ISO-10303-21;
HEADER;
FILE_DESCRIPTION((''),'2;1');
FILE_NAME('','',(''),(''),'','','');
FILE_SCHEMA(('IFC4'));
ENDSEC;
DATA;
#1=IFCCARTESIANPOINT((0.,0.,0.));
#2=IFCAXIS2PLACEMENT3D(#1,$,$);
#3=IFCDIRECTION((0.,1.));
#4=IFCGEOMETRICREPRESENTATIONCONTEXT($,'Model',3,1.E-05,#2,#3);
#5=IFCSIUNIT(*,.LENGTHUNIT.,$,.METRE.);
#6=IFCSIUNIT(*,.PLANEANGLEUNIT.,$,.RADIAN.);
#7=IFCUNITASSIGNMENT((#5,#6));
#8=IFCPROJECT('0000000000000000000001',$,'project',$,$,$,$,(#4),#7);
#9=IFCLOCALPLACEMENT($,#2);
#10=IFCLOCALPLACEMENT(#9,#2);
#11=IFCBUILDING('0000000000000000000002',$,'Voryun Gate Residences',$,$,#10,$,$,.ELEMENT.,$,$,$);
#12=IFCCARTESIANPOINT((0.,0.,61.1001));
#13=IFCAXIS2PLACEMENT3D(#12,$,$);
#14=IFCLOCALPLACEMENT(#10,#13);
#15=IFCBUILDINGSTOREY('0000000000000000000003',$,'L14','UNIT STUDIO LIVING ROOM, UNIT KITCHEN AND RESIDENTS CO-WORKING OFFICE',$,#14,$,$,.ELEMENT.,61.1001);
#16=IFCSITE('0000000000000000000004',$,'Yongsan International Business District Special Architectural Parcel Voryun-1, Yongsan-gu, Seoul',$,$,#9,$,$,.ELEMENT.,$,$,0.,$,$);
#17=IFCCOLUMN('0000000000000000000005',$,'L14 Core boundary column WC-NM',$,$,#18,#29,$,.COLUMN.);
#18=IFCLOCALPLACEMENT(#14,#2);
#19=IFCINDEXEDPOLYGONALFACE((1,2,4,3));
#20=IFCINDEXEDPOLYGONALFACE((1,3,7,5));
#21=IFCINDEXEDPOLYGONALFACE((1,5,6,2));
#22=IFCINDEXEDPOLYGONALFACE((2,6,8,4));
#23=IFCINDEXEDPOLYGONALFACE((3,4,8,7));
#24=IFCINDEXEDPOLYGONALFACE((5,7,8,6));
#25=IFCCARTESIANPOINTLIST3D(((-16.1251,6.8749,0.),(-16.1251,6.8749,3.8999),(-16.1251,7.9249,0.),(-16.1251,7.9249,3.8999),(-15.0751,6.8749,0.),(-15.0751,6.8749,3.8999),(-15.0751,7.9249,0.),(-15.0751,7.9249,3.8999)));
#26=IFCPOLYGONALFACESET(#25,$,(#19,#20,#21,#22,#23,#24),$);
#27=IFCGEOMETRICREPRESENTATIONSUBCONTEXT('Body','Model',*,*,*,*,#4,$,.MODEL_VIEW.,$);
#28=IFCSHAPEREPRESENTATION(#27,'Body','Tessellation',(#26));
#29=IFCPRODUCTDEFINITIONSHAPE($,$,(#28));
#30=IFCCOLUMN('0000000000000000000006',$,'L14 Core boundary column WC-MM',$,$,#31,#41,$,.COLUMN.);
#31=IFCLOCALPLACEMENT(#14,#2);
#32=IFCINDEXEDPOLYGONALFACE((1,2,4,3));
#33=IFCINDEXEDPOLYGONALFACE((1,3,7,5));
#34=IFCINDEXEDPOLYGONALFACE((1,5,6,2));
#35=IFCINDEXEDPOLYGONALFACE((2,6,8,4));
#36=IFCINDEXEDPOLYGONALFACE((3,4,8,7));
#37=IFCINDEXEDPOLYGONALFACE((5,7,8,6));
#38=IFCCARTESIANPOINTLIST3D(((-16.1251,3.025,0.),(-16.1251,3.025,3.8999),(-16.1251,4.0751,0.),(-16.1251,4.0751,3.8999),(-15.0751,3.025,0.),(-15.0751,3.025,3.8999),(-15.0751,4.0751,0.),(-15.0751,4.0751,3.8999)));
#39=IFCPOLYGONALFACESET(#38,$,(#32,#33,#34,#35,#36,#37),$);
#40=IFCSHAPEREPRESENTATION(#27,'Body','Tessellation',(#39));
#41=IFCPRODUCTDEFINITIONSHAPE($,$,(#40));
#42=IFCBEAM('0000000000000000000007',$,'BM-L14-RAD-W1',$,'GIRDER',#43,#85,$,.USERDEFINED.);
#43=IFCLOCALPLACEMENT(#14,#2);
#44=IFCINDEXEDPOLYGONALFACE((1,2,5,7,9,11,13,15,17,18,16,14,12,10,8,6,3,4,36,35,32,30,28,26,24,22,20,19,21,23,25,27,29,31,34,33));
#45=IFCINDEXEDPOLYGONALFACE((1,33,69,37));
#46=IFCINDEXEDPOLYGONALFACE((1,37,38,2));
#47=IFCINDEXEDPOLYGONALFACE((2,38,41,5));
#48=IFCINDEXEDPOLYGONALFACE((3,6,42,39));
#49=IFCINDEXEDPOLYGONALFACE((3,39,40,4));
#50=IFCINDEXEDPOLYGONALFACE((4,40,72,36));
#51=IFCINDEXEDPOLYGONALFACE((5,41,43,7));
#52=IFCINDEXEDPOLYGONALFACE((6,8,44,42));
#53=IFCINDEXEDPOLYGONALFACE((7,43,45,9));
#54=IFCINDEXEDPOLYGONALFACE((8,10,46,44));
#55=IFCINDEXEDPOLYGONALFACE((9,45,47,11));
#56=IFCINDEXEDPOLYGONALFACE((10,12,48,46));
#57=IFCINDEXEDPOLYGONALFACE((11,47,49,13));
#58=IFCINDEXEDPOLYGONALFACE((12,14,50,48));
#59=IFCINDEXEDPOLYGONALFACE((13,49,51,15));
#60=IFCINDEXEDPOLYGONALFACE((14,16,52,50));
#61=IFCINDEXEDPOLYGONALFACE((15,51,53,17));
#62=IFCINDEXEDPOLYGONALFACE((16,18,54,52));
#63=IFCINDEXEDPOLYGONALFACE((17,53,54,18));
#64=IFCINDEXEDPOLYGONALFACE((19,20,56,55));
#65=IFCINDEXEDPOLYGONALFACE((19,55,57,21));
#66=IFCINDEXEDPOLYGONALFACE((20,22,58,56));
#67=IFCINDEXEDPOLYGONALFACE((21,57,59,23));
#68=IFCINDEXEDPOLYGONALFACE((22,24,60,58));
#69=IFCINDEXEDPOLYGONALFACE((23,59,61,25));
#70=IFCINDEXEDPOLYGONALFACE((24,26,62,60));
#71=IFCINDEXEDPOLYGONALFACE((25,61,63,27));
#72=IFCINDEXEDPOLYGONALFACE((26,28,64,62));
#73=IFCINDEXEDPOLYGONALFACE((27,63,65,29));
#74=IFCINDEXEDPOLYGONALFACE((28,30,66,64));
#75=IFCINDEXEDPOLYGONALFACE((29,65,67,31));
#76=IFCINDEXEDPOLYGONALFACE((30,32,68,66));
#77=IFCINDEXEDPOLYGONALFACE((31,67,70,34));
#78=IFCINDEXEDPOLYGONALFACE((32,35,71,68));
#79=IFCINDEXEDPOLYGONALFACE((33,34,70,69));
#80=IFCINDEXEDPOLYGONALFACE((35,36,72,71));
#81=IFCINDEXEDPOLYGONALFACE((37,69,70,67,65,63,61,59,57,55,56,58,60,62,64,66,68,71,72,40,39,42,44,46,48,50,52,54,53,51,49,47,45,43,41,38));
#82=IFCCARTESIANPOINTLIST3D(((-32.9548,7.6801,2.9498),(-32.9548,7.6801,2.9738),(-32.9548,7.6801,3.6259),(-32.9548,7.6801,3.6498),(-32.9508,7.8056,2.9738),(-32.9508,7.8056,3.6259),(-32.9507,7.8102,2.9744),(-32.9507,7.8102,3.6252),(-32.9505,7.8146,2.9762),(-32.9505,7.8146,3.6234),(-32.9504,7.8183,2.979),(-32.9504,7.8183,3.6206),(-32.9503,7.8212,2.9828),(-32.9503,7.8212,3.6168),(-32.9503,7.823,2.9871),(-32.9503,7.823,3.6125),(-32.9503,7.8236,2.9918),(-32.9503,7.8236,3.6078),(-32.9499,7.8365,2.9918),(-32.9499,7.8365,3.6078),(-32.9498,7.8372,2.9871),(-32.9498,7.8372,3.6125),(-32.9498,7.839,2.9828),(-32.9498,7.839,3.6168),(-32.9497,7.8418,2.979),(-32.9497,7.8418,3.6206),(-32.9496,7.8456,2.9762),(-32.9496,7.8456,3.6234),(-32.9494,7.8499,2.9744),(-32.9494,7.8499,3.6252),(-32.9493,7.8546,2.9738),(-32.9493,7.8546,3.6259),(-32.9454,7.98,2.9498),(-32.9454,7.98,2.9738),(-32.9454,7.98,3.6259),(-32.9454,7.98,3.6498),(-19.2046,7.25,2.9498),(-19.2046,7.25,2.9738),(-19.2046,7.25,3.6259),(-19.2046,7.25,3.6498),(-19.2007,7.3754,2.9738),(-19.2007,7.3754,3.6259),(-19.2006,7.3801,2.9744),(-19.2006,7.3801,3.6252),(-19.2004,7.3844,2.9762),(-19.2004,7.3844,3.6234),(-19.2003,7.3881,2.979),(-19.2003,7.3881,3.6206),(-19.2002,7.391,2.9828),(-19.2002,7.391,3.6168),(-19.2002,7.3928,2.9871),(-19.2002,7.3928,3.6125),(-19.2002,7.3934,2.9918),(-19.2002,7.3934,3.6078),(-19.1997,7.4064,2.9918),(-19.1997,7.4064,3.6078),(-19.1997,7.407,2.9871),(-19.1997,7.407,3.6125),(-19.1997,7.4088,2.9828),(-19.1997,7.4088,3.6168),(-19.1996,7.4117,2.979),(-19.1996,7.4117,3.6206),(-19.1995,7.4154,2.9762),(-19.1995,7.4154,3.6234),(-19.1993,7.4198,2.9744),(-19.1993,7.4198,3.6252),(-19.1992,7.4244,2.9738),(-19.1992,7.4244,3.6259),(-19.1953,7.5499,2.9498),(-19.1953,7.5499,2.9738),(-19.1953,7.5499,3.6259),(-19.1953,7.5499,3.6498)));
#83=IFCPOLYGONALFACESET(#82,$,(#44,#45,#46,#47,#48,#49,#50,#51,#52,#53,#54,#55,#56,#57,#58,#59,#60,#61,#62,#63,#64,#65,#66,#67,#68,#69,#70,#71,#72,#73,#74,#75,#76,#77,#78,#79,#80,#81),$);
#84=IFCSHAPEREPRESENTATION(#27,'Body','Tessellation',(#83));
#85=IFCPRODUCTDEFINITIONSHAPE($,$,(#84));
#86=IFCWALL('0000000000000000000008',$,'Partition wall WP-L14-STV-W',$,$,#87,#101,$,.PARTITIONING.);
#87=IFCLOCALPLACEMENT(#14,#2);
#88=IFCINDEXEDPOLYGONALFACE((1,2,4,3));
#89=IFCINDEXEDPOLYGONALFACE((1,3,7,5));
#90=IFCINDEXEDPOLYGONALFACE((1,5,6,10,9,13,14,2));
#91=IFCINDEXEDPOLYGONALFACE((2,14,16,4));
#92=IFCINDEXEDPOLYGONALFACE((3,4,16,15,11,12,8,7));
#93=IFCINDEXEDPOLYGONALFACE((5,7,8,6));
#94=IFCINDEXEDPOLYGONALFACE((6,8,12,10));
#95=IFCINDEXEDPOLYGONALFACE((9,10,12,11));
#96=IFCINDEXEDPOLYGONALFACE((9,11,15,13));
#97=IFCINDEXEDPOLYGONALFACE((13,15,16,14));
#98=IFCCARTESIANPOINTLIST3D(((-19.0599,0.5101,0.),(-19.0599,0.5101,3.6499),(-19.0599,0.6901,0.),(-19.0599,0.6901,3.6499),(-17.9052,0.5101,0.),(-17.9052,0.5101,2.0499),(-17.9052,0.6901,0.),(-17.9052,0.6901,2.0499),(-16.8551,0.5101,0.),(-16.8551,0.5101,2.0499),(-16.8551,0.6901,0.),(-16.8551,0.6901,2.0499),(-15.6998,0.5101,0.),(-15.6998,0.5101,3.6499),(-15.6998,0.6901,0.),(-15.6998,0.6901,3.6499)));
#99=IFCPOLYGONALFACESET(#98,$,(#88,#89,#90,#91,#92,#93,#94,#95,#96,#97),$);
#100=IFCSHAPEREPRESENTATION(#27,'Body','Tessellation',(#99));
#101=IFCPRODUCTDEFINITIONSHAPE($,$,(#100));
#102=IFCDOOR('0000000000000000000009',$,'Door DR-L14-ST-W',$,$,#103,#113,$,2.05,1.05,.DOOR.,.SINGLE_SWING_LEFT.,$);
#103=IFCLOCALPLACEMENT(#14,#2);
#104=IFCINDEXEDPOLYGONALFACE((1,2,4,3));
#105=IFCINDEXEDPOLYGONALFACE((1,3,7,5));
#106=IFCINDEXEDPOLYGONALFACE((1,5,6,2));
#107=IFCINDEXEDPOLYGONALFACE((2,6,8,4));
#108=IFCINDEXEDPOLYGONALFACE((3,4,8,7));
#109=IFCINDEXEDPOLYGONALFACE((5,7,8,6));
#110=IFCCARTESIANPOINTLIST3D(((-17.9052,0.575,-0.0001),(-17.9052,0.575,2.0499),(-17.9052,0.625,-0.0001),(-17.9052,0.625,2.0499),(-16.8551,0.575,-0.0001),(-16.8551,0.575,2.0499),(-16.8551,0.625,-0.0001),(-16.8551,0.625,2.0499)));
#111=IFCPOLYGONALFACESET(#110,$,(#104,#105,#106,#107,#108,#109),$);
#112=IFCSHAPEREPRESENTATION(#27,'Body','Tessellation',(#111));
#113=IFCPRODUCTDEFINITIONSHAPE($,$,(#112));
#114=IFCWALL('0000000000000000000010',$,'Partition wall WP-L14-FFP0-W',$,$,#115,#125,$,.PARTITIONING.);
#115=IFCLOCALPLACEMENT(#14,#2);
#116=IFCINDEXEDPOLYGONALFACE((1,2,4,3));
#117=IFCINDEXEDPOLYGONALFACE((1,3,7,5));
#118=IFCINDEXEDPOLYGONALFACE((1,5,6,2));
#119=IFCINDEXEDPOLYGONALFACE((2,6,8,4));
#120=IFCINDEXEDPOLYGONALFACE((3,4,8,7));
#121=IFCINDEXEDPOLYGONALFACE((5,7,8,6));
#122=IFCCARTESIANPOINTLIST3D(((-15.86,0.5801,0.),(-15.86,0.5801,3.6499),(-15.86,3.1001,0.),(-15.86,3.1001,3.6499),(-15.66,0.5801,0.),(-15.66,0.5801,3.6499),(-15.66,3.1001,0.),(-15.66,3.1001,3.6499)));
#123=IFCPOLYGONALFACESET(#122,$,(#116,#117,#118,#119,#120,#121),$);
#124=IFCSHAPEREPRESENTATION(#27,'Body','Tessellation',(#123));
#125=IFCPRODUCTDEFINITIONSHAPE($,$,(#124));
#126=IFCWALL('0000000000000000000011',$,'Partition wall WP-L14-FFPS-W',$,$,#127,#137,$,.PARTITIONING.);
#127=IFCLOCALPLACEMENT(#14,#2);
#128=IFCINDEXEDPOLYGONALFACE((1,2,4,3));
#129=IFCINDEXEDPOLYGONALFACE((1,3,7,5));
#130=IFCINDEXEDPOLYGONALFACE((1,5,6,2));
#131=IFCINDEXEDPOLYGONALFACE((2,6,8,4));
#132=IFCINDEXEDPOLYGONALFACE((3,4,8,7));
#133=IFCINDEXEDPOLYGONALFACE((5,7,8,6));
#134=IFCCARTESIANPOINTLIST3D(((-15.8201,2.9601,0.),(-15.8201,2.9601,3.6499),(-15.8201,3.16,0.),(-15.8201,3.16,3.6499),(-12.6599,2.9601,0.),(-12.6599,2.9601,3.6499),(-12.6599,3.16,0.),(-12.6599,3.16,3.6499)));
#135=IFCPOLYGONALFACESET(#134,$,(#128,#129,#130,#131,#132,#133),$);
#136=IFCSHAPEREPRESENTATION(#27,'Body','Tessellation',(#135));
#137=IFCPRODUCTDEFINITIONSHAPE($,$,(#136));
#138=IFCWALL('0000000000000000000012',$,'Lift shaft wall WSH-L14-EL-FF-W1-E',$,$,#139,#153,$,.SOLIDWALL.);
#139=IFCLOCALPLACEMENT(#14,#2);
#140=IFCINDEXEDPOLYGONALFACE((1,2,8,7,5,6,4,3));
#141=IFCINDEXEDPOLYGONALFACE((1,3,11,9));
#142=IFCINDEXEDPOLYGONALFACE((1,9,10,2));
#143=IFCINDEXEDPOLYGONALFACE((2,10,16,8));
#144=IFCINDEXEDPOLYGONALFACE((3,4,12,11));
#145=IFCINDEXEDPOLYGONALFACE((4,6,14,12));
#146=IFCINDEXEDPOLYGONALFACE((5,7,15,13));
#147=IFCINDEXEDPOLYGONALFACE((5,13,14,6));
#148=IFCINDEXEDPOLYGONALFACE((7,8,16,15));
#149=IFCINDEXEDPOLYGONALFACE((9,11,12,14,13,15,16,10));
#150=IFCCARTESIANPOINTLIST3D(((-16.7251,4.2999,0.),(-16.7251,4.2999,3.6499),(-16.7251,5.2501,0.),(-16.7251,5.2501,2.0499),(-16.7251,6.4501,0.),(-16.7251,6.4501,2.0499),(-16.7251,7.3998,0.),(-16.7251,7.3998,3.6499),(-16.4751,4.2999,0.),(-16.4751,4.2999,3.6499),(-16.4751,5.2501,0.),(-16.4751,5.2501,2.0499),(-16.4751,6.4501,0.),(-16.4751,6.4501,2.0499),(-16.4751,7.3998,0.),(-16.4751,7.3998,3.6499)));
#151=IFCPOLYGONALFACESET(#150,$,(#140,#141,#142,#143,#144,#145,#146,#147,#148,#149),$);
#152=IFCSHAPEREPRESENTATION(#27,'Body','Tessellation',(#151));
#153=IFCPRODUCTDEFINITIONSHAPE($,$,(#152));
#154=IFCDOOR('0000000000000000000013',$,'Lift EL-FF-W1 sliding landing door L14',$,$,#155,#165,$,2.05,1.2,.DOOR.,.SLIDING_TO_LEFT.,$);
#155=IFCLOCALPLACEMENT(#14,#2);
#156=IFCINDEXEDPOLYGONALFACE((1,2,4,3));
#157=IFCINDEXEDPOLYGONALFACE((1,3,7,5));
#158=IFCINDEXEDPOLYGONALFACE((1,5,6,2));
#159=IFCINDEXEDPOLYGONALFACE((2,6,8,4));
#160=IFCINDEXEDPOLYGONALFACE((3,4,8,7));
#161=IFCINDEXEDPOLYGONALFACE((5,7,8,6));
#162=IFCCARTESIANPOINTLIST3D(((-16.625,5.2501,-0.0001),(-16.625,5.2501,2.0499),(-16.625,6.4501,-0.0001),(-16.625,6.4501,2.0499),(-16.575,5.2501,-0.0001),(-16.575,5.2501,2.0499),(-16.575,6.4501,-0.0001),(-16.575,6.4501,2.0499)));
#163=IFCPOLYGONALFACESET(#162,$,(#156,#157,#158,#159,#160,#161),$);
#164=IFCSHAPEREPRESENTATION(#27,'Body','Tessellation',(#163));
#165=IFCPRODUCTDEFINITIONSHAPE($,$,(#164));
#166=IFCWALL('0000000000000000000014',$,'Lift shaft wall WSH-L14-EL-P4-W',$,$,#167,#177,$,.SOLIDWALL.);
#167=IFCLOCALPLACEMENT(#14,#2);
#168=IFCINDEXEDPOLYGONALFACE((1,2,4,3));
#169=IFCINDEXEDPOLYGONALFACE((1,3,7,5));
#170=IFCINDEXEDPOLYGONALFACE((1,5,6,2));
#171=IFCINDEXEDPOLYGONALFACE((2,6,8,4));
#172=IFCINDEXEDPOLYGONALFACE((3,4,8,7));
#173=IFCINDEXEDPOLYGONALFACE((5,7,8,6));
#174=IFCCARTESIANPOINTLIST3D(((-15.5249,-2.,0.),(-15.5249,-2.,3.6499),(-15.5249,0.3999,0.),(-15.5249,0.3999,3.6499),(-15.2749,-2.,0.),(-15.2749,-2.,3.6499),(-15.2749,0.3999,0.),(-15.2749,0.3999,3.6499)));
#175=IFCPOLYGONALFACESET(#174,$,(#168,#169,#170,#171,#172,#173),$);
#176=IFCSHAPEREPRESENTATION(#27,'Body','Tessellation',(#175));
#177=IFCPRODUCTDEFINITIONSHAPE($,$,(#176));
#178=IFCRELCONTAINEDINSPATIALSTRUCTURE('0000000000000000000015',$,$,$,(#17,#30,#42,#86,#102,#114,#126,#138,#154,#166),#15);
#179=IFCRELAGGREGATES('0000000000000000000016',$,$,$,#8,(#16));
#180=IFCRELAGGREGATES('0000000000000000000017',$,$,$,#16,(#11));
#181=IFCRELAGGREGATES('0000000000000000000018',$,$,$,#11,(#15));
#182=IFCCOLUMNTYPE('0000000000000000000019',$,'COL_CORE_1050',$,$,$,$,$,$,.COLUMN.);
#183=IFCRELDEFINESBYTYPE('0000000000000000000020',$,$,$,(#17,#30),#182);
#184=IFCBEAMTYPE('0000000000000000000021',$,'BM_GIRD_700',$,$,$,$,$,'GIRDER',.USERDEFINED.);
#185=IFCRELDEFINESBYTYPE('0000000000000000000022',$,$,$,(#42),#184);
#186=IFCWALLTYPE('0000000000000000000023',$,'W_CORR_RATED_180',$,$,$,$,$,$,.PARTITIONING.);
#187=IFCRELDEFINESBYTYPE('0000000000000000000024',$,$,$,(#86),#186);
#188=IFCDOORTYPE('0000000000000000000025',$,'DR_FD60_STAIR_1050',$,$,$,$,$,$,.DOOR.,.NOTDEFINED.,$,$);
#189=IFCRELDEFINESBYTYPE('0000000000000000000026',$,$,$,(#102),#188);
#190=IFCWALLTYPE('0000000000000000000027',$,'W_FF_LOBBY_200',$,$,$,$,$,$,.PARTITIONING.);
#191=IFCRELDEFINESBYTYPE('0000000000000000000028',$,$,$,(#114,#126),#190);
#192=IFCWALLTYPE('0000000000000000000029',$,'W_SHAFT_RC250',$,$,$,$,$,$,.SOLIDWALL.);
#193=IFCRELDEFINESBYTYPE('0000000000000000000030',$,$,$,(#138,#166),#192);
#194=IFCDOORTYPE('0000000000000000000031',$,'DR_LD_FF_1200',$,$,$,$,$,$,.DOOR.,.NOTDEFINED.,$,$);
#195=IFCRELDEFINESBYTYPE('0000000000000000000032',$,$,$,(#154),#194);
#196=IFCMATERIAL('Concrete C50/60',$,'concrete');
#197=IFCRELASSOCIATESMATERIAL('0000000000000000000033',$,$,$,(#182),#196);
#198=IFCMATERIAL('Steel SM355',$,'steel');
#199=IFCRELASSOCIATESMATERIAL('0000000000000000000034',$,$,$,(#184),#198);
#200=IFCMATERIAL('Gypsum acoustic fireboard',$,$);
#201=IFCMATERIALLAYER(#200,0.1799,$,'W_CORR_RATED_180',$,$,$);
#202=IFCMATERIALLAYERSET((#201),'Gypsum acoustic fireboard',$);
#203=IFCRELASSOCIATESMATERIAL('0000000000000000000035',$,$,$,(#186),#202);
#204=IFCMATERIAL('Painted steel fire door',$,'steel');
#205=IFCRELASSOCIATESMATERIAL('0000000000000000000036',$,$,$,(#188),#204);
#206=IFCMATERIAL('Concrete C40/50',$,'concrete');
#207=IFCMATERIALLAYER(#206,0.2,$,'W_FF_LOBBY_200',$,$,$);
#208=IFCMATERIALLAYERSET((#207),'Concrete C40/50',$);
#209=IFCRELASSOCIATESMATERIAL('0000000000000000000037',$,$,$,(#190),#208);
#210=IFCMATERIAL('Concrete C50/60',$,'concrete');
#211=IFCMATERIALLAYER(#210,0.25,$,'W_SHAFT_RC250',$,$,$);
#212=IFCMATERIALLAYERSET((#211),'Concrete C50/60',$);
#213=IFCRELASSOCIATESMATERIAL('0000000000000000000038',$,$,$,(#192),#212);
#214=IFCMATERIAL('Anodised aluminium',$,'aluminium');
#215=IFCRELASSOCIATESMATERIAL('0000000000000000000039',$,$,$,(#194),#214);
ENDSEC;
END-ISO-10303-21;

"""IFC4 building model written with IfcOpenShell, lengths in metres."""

from ifc_helpers import new_model, si_unit, direction, frame, frame_2d, origin, origin_2d, place, context, subcontext, project, spatial, rectangle, i_section, extrude, material, layer, layer_set, material_profile, profile_set, type_object, element, fill, save


model = new_model("IFC4")

# Units and contexts
model_context = context("Model", 3, precision=1e-05, world=origin(), true_north=direction((0.0, 1.0)))
body_context = subcontext(model_context, "Body", "Model", "MODEL_VIEW")
ifc_project = project(units=[si_unit("LENGTHUNIT", "METRE"), si_unit("PLANEANGLEUNIT", "RADIAN")], contexts=[model_context])

# Site, building, storey
site_placement = place(None, origin())
site = spatial("IfcSite", under=ifc_project, at=site_placement, Name="Yongsan International Business District Special Architectural Parcel Voryun-1, Yongsan-gu, Seoul", CompositionType="ELEMENT", RefElevation=0.0)
building_placement = place(site_placement, origin())
building = spatial("IfcBuilding", under=site, at=building_placement, Name="Voryun Gate Residences", CompositionType="ELEMENT")
storey_placement = place(building_placement, frame((0.0, 0.0, 61.1001)))
storey = spatial("IfcBuildingStorey", under=building, at=storey_placement, Name="L14", Description="UNIT STUDIO LIVING ROOM, UNIT KITCHEN AND RESIDENTS CO-WORKING OFFICE", CompositionType="ELEMENT", Elevation=61.1001)

# Columns
ifc_material_1 = material(Name="Concrete C50/60", Category="concrete")
ifc_material_profile_1 = material_profile(ifc_material_1, rectangle(XDim=1.05, YDim=1.05, at=origin_2d()), Name="RC-1050x1050")
ifc_profile_set_1 = profile_set([ifc_material_profile_1], Name="Concrete C50/60")
column_type = type_object("IfcColumnType", Name="COL_CORE_1050", PredefinedType="COLUMN", material=ifc_profile_set_1)
for number, where, z_axis, x_axis, name in (
    (1, (-15.6001, 7.3999, 0.0), (0.0, 0.0, 1.0), (1.0, 0.0, 0.0), "L14 Core boundary column WC-NM"),
    (2, (-15.6001, 3.55, 0.0), (0.0, 0.0, 1.0), (1.0, 0.0, 0.0), "L14 Core boundary column WC-MM"),
):
    element("IfcColumn", number, at=place(storey_placement, frame(where, z_axis=z_axis, x_axis=x_axis)), inside=storey, type_object=column_type, Name=name, PredefinedType="COLUMN", context=body_context, shape_type="SweptSolid", body=[
        extrude(rectangle(XDim=1.05, YDim=1.05, at=origin_2d()), origin(), (0.0, 0.0, 1.0), 3.8999),
    ])

# Beam
ifc_material_2 = material(Name="Steel SM355", Category="steel")
ifc_material_profile_2 = material_profile(ifc_material_2, i_section(OverallWidth=0.3, OverallDepth=0.7, WebThickness=0.0129, FlangeThickness=0.0239, FilletRadius=0.0181, at=origin_2d()), Name="H-700x300x13x24")
ifc_profile_set_2 = profile_set([ifc_material_profile_2], Name="Steel SM355")
beam_type = type_object("IfcBeamType", Name="BM_GIRD_700", ElementType="GIRDER", PredefinedType="USERDEFINED", material=ifc_profile_set_2)
beam_placement = place(storey_placement, frame((-19.2, 7.3999, 3.2998), z_axis=(-0.999511, 0.03127, 0.0), x_axis=(-0.03127, -0.999511, 0.0)))
element("IfcBeam", 3, at=beam_placement, inside=storey, type_object=beam_type, Name="BM-L14-RAD-W1", ObjectType="GIRDER", PredefinedType="USERDEFINED", context=body_context, shape_type="SweptSolid", body=[
    extrude(i_section(OverallWidth=0.3, OverallDepth=0.7, WebThickness=0.0129, FlangeThickness=0.0239, FilletRadius=0.0181, at=origin_2d()), origin(), (0.0, 0.0, 1.0), 13.7568),
])

# Wall, opening, door
ifc_material_3 = material(Name="Gypsum acoustic fireboard")
ifc_layer_1 = layer(ifc_material_3, 0.1799, Name="W_CORR_RATED_180")
ifc_layer_set_1 = layer_set([ifc_layer_1], Name="Gypsum acoustic fireboard")
wall_type_1 = type_object("IfcWallType", Name="W_CORR_RATED_180", PredefinedType="PARTITIONING", material=ifc_layer_set_1)
wall_1_placement = place(storey_placement, frame((-19.0601, 0.6001, 0.0), z_axis=(0.0, 0.0, 1.0), x_axis=(1.0, 0.0, 0.0)))
wall_1 = element("IfcWall", 4, at=wall_1_placement, inside=storey, type_object=wall_type_1, Name="Partition wall WP-L14-STV-W", PredefinedType="PARTITIONING", context=body_context, shape_type="SweptSolid", body=[
    extrude(rectangle(XDim=3.3601, YDim=0.1799, at=frame_2d((1.6802, 0.0))), origin(), (0.0, 0.0, 1.0), 3.6499),
])
opening_1_placement = place(wall_1_placement, frame((1.155, 0.0, 0.0)))
opening_1 = element("IfcOpeningElement", 5, at=opening_1_placement, cuts=wall_1, PredefinedType="OPENING", context=body_context, shape_type="SweptSolid", body=[
    extrude(rectangle(XDim=1.05, YDim=2.05, at=frame_2d((0.5249, 1.0249))), frame((0.0, 0.0999, 0.0), z_axis=(0.0, -1.0, 0.0), x_axis=(1.0, 0.0, 0.0)), (0.0, 0.0, 1.0), 0.2),
])
ifc_material_4 = material(Name="Painted steel fire door", Category="steel")
door_type_1 = type_object("IfcDoorType", Name="DR_FD60_STAIR_1050", OperationType="NOTDEFINED", PredefinedType="DOOR", material=ifc_material_4)
door_1_placement = place(opening_1_placement, origin())
door_1 = element("IfcDoor", 6, at=door_1_placement, inside=storey, type_object=door_type_1, Name="Door DR-L14-ST-W", OperationType="SINGLE_SWING_LEFT", OverallHeight=2.05, OverallWidth=1.05, PredefinedType="DOOR", context=body_context, shape_type="SweptSolid", body=[
    extrude(rectangle(XDim=1.05, YDim=2.05, at=frame_2d((0.5249, 1.0249))), frame((0.0, 0.0249, 0.0), z_axis=(0.0, -1.0, 0.0), x_axis=(1.0, 0.0, 0.0)), (0.0, 0.0, 1.0), 0.05),
])
fill(opening_1, door_1)

# Walls
ifc_material_5 = material(Name="Concrete C40/50", Category="concrete")
ifc_layer_2 = layer(ifc_material_5, 0.2, Name="W_FF_LOBBY_200")
ifc_layer_set_2 = layer_set([ifc_layer_2], Name="Concrete C40/50")
wall_type_2 = type_object("IfcWallType", Name="W_FF_LOBBY_200", PredefinedType="PARTITIONING", material=ifc_layer_set_2)
wall_2_placement = place(storey_placement, frame((-15.76, 0.5801, 0.0), z_axis=(0.0, 0.0, 1.0), x_axis=(0.0, 1.0, 0.0)))
element("IfcWall", 7, at=wall_2_placement, inside=storey, type_object=wall_type_2, Name="Partition wall WP-L14-FFP0-W", PredefinedType="PARTITIONING", context=body_context, shape_type="SweptSolid", body=[
    extrude(rectangle(XDim=2.52, YDim=0.2, at=frame_2d((1.26, 0.0))), origin(), (0.0, 0.0, 1.0), 3.6499),
])
wall_3_placement = place(storey_placement, frame((-15.8201, 3.0601, 0.0), z_axis=(0.0, 0.0, 1.0), x_axis=(1.0, 0.0, 0.0)))
element("IfcWall", 8, at=wall_3_placement, inside=storey, type_object=wall_type_2, Name="Partition wall WP-L14-FFPS-W", PredefinedType="PARTITIONING", context=body_context, shape_type="SweptSolid", body=[
    extrude(rectangle(XDim=3.1602, YDim=0.2, at=frame_2d((1.5801, 0.0))), origin(), (0.0, 0.0, 1.0), 3.6499),
])

# Wall, opening, door
ifc_material_6 = material(Name="Concrete C50/60", Category="concrete")
ifc_layer_3 = layer(ifc_material_6, 0.25, Name="W_SHAFT_RC250")
ifc_layer_set_3 = layer_set([ifc_layer_3], Name="Concrete C50/60")
wall_type_3 = type_object("IfcWallType", Name="W_SHAFT_RC250", PredefinedType="SOLIDWALL", material=ifc_layer_set_3)
wall_4_placement = place(storey_placement, frame((-16.6001, 4.3, 0.0), z_axis=(0.0, 0.0, 1.0), x_axis=(0.0, 1.0, 0.0)))
wall_4 = element("IfcWall", 9, at=wall_4_placement, inside=storey, type_object=wall_type_3, Name="Lift shaft wall WSH-L14-EL-FF-W1-E", PredefinedType="SOLIDWALL", context=body_context, shape_type="SweptSolid", body=[
    extrude(rectangle(XDim=3.0999, YDim=0.25, at=frame_2d((1.5498, 0.0))), origin(), (0.0, 0.0, 1.0), 3.6499),
])
opening_2_placement = place(wall_4_placement, frame((0.95, 0.0, 0.0)))
opening_2 = element("IfcOpeningElement", 10, at=opening_2_placement, cuts=wall_4, PredefinedType="OPENING", context=body_context, shape_type="SweptSolid", body=[
    extrude(rectangle(XDim=1.2, YDim=2.05, at=frame_2d((0.6001, 1.0249))), frame((0.0, 0.135, 0.0), z_axis=(0.0, -1.0, 0.0), x_axis=(1.0, 0.0, 0.0)), (0.0, 0.0, 1.0), 0.27),
])
ifc_material_7 = material(Name="Anodised aluminium", Category="aluminium")
door_type_2 = type_object("IfcDoorType", Name="DR_LD_FF_1200", OperationType="NOTDEFINED", PredefinedType="DOOR", material=ifc_material_7)
door_2_placement = place(opening_2_placement, origin())
door_2 = element("IfcDoor", 11, at=door_2_placement, inside=storey, type_object=door_type_2, Name="Lift EL-FF-W1 sliding landing door L14", OperationType="SLIDING_TO_LEFT", OverallHeight=2.05, OverallWidth=1.2, PredefinedType="DOOR", context=body_context, shape_type="SweptSolid", body=[
    extrude(rectangle(XDim=1.2, YDim=2.05, at=frame_2d((0.6001, 1.0249))), frame((0.0, 0.0249, 0.0), z_axis=(0.0, -1.0, 0.0), x_axis=(1.0, 0.0, 0.0)), (0.0, 0.0, 1.0), 0.05),
])
fill(opening_2, door_2)

# Wall
wall_5_placement = place(storey_placement, frame((-15.3999, 0.3999, 0.0), z_axis=(0.0, 0.0, 1.0), x_axis=(0.0, -1.0, 0.0)))
element("IfcWall", 12, at=wall_5_placement, inside=storey, type_object=wall_type_3, Name="Lift shaft wall WSH-L14-EL-P4-W", PredefinedType="SOLIDWALL", context=body_context, shape_type="SweptSolid", body=[
    extrude(rectangle(XDim=2.3999, YDim=0.25, at=frame_2d((1.2, 0.0))), origin(), (0.0, 0.0, 1.0), 3.6499),
])

save(model, "model.ifc")
